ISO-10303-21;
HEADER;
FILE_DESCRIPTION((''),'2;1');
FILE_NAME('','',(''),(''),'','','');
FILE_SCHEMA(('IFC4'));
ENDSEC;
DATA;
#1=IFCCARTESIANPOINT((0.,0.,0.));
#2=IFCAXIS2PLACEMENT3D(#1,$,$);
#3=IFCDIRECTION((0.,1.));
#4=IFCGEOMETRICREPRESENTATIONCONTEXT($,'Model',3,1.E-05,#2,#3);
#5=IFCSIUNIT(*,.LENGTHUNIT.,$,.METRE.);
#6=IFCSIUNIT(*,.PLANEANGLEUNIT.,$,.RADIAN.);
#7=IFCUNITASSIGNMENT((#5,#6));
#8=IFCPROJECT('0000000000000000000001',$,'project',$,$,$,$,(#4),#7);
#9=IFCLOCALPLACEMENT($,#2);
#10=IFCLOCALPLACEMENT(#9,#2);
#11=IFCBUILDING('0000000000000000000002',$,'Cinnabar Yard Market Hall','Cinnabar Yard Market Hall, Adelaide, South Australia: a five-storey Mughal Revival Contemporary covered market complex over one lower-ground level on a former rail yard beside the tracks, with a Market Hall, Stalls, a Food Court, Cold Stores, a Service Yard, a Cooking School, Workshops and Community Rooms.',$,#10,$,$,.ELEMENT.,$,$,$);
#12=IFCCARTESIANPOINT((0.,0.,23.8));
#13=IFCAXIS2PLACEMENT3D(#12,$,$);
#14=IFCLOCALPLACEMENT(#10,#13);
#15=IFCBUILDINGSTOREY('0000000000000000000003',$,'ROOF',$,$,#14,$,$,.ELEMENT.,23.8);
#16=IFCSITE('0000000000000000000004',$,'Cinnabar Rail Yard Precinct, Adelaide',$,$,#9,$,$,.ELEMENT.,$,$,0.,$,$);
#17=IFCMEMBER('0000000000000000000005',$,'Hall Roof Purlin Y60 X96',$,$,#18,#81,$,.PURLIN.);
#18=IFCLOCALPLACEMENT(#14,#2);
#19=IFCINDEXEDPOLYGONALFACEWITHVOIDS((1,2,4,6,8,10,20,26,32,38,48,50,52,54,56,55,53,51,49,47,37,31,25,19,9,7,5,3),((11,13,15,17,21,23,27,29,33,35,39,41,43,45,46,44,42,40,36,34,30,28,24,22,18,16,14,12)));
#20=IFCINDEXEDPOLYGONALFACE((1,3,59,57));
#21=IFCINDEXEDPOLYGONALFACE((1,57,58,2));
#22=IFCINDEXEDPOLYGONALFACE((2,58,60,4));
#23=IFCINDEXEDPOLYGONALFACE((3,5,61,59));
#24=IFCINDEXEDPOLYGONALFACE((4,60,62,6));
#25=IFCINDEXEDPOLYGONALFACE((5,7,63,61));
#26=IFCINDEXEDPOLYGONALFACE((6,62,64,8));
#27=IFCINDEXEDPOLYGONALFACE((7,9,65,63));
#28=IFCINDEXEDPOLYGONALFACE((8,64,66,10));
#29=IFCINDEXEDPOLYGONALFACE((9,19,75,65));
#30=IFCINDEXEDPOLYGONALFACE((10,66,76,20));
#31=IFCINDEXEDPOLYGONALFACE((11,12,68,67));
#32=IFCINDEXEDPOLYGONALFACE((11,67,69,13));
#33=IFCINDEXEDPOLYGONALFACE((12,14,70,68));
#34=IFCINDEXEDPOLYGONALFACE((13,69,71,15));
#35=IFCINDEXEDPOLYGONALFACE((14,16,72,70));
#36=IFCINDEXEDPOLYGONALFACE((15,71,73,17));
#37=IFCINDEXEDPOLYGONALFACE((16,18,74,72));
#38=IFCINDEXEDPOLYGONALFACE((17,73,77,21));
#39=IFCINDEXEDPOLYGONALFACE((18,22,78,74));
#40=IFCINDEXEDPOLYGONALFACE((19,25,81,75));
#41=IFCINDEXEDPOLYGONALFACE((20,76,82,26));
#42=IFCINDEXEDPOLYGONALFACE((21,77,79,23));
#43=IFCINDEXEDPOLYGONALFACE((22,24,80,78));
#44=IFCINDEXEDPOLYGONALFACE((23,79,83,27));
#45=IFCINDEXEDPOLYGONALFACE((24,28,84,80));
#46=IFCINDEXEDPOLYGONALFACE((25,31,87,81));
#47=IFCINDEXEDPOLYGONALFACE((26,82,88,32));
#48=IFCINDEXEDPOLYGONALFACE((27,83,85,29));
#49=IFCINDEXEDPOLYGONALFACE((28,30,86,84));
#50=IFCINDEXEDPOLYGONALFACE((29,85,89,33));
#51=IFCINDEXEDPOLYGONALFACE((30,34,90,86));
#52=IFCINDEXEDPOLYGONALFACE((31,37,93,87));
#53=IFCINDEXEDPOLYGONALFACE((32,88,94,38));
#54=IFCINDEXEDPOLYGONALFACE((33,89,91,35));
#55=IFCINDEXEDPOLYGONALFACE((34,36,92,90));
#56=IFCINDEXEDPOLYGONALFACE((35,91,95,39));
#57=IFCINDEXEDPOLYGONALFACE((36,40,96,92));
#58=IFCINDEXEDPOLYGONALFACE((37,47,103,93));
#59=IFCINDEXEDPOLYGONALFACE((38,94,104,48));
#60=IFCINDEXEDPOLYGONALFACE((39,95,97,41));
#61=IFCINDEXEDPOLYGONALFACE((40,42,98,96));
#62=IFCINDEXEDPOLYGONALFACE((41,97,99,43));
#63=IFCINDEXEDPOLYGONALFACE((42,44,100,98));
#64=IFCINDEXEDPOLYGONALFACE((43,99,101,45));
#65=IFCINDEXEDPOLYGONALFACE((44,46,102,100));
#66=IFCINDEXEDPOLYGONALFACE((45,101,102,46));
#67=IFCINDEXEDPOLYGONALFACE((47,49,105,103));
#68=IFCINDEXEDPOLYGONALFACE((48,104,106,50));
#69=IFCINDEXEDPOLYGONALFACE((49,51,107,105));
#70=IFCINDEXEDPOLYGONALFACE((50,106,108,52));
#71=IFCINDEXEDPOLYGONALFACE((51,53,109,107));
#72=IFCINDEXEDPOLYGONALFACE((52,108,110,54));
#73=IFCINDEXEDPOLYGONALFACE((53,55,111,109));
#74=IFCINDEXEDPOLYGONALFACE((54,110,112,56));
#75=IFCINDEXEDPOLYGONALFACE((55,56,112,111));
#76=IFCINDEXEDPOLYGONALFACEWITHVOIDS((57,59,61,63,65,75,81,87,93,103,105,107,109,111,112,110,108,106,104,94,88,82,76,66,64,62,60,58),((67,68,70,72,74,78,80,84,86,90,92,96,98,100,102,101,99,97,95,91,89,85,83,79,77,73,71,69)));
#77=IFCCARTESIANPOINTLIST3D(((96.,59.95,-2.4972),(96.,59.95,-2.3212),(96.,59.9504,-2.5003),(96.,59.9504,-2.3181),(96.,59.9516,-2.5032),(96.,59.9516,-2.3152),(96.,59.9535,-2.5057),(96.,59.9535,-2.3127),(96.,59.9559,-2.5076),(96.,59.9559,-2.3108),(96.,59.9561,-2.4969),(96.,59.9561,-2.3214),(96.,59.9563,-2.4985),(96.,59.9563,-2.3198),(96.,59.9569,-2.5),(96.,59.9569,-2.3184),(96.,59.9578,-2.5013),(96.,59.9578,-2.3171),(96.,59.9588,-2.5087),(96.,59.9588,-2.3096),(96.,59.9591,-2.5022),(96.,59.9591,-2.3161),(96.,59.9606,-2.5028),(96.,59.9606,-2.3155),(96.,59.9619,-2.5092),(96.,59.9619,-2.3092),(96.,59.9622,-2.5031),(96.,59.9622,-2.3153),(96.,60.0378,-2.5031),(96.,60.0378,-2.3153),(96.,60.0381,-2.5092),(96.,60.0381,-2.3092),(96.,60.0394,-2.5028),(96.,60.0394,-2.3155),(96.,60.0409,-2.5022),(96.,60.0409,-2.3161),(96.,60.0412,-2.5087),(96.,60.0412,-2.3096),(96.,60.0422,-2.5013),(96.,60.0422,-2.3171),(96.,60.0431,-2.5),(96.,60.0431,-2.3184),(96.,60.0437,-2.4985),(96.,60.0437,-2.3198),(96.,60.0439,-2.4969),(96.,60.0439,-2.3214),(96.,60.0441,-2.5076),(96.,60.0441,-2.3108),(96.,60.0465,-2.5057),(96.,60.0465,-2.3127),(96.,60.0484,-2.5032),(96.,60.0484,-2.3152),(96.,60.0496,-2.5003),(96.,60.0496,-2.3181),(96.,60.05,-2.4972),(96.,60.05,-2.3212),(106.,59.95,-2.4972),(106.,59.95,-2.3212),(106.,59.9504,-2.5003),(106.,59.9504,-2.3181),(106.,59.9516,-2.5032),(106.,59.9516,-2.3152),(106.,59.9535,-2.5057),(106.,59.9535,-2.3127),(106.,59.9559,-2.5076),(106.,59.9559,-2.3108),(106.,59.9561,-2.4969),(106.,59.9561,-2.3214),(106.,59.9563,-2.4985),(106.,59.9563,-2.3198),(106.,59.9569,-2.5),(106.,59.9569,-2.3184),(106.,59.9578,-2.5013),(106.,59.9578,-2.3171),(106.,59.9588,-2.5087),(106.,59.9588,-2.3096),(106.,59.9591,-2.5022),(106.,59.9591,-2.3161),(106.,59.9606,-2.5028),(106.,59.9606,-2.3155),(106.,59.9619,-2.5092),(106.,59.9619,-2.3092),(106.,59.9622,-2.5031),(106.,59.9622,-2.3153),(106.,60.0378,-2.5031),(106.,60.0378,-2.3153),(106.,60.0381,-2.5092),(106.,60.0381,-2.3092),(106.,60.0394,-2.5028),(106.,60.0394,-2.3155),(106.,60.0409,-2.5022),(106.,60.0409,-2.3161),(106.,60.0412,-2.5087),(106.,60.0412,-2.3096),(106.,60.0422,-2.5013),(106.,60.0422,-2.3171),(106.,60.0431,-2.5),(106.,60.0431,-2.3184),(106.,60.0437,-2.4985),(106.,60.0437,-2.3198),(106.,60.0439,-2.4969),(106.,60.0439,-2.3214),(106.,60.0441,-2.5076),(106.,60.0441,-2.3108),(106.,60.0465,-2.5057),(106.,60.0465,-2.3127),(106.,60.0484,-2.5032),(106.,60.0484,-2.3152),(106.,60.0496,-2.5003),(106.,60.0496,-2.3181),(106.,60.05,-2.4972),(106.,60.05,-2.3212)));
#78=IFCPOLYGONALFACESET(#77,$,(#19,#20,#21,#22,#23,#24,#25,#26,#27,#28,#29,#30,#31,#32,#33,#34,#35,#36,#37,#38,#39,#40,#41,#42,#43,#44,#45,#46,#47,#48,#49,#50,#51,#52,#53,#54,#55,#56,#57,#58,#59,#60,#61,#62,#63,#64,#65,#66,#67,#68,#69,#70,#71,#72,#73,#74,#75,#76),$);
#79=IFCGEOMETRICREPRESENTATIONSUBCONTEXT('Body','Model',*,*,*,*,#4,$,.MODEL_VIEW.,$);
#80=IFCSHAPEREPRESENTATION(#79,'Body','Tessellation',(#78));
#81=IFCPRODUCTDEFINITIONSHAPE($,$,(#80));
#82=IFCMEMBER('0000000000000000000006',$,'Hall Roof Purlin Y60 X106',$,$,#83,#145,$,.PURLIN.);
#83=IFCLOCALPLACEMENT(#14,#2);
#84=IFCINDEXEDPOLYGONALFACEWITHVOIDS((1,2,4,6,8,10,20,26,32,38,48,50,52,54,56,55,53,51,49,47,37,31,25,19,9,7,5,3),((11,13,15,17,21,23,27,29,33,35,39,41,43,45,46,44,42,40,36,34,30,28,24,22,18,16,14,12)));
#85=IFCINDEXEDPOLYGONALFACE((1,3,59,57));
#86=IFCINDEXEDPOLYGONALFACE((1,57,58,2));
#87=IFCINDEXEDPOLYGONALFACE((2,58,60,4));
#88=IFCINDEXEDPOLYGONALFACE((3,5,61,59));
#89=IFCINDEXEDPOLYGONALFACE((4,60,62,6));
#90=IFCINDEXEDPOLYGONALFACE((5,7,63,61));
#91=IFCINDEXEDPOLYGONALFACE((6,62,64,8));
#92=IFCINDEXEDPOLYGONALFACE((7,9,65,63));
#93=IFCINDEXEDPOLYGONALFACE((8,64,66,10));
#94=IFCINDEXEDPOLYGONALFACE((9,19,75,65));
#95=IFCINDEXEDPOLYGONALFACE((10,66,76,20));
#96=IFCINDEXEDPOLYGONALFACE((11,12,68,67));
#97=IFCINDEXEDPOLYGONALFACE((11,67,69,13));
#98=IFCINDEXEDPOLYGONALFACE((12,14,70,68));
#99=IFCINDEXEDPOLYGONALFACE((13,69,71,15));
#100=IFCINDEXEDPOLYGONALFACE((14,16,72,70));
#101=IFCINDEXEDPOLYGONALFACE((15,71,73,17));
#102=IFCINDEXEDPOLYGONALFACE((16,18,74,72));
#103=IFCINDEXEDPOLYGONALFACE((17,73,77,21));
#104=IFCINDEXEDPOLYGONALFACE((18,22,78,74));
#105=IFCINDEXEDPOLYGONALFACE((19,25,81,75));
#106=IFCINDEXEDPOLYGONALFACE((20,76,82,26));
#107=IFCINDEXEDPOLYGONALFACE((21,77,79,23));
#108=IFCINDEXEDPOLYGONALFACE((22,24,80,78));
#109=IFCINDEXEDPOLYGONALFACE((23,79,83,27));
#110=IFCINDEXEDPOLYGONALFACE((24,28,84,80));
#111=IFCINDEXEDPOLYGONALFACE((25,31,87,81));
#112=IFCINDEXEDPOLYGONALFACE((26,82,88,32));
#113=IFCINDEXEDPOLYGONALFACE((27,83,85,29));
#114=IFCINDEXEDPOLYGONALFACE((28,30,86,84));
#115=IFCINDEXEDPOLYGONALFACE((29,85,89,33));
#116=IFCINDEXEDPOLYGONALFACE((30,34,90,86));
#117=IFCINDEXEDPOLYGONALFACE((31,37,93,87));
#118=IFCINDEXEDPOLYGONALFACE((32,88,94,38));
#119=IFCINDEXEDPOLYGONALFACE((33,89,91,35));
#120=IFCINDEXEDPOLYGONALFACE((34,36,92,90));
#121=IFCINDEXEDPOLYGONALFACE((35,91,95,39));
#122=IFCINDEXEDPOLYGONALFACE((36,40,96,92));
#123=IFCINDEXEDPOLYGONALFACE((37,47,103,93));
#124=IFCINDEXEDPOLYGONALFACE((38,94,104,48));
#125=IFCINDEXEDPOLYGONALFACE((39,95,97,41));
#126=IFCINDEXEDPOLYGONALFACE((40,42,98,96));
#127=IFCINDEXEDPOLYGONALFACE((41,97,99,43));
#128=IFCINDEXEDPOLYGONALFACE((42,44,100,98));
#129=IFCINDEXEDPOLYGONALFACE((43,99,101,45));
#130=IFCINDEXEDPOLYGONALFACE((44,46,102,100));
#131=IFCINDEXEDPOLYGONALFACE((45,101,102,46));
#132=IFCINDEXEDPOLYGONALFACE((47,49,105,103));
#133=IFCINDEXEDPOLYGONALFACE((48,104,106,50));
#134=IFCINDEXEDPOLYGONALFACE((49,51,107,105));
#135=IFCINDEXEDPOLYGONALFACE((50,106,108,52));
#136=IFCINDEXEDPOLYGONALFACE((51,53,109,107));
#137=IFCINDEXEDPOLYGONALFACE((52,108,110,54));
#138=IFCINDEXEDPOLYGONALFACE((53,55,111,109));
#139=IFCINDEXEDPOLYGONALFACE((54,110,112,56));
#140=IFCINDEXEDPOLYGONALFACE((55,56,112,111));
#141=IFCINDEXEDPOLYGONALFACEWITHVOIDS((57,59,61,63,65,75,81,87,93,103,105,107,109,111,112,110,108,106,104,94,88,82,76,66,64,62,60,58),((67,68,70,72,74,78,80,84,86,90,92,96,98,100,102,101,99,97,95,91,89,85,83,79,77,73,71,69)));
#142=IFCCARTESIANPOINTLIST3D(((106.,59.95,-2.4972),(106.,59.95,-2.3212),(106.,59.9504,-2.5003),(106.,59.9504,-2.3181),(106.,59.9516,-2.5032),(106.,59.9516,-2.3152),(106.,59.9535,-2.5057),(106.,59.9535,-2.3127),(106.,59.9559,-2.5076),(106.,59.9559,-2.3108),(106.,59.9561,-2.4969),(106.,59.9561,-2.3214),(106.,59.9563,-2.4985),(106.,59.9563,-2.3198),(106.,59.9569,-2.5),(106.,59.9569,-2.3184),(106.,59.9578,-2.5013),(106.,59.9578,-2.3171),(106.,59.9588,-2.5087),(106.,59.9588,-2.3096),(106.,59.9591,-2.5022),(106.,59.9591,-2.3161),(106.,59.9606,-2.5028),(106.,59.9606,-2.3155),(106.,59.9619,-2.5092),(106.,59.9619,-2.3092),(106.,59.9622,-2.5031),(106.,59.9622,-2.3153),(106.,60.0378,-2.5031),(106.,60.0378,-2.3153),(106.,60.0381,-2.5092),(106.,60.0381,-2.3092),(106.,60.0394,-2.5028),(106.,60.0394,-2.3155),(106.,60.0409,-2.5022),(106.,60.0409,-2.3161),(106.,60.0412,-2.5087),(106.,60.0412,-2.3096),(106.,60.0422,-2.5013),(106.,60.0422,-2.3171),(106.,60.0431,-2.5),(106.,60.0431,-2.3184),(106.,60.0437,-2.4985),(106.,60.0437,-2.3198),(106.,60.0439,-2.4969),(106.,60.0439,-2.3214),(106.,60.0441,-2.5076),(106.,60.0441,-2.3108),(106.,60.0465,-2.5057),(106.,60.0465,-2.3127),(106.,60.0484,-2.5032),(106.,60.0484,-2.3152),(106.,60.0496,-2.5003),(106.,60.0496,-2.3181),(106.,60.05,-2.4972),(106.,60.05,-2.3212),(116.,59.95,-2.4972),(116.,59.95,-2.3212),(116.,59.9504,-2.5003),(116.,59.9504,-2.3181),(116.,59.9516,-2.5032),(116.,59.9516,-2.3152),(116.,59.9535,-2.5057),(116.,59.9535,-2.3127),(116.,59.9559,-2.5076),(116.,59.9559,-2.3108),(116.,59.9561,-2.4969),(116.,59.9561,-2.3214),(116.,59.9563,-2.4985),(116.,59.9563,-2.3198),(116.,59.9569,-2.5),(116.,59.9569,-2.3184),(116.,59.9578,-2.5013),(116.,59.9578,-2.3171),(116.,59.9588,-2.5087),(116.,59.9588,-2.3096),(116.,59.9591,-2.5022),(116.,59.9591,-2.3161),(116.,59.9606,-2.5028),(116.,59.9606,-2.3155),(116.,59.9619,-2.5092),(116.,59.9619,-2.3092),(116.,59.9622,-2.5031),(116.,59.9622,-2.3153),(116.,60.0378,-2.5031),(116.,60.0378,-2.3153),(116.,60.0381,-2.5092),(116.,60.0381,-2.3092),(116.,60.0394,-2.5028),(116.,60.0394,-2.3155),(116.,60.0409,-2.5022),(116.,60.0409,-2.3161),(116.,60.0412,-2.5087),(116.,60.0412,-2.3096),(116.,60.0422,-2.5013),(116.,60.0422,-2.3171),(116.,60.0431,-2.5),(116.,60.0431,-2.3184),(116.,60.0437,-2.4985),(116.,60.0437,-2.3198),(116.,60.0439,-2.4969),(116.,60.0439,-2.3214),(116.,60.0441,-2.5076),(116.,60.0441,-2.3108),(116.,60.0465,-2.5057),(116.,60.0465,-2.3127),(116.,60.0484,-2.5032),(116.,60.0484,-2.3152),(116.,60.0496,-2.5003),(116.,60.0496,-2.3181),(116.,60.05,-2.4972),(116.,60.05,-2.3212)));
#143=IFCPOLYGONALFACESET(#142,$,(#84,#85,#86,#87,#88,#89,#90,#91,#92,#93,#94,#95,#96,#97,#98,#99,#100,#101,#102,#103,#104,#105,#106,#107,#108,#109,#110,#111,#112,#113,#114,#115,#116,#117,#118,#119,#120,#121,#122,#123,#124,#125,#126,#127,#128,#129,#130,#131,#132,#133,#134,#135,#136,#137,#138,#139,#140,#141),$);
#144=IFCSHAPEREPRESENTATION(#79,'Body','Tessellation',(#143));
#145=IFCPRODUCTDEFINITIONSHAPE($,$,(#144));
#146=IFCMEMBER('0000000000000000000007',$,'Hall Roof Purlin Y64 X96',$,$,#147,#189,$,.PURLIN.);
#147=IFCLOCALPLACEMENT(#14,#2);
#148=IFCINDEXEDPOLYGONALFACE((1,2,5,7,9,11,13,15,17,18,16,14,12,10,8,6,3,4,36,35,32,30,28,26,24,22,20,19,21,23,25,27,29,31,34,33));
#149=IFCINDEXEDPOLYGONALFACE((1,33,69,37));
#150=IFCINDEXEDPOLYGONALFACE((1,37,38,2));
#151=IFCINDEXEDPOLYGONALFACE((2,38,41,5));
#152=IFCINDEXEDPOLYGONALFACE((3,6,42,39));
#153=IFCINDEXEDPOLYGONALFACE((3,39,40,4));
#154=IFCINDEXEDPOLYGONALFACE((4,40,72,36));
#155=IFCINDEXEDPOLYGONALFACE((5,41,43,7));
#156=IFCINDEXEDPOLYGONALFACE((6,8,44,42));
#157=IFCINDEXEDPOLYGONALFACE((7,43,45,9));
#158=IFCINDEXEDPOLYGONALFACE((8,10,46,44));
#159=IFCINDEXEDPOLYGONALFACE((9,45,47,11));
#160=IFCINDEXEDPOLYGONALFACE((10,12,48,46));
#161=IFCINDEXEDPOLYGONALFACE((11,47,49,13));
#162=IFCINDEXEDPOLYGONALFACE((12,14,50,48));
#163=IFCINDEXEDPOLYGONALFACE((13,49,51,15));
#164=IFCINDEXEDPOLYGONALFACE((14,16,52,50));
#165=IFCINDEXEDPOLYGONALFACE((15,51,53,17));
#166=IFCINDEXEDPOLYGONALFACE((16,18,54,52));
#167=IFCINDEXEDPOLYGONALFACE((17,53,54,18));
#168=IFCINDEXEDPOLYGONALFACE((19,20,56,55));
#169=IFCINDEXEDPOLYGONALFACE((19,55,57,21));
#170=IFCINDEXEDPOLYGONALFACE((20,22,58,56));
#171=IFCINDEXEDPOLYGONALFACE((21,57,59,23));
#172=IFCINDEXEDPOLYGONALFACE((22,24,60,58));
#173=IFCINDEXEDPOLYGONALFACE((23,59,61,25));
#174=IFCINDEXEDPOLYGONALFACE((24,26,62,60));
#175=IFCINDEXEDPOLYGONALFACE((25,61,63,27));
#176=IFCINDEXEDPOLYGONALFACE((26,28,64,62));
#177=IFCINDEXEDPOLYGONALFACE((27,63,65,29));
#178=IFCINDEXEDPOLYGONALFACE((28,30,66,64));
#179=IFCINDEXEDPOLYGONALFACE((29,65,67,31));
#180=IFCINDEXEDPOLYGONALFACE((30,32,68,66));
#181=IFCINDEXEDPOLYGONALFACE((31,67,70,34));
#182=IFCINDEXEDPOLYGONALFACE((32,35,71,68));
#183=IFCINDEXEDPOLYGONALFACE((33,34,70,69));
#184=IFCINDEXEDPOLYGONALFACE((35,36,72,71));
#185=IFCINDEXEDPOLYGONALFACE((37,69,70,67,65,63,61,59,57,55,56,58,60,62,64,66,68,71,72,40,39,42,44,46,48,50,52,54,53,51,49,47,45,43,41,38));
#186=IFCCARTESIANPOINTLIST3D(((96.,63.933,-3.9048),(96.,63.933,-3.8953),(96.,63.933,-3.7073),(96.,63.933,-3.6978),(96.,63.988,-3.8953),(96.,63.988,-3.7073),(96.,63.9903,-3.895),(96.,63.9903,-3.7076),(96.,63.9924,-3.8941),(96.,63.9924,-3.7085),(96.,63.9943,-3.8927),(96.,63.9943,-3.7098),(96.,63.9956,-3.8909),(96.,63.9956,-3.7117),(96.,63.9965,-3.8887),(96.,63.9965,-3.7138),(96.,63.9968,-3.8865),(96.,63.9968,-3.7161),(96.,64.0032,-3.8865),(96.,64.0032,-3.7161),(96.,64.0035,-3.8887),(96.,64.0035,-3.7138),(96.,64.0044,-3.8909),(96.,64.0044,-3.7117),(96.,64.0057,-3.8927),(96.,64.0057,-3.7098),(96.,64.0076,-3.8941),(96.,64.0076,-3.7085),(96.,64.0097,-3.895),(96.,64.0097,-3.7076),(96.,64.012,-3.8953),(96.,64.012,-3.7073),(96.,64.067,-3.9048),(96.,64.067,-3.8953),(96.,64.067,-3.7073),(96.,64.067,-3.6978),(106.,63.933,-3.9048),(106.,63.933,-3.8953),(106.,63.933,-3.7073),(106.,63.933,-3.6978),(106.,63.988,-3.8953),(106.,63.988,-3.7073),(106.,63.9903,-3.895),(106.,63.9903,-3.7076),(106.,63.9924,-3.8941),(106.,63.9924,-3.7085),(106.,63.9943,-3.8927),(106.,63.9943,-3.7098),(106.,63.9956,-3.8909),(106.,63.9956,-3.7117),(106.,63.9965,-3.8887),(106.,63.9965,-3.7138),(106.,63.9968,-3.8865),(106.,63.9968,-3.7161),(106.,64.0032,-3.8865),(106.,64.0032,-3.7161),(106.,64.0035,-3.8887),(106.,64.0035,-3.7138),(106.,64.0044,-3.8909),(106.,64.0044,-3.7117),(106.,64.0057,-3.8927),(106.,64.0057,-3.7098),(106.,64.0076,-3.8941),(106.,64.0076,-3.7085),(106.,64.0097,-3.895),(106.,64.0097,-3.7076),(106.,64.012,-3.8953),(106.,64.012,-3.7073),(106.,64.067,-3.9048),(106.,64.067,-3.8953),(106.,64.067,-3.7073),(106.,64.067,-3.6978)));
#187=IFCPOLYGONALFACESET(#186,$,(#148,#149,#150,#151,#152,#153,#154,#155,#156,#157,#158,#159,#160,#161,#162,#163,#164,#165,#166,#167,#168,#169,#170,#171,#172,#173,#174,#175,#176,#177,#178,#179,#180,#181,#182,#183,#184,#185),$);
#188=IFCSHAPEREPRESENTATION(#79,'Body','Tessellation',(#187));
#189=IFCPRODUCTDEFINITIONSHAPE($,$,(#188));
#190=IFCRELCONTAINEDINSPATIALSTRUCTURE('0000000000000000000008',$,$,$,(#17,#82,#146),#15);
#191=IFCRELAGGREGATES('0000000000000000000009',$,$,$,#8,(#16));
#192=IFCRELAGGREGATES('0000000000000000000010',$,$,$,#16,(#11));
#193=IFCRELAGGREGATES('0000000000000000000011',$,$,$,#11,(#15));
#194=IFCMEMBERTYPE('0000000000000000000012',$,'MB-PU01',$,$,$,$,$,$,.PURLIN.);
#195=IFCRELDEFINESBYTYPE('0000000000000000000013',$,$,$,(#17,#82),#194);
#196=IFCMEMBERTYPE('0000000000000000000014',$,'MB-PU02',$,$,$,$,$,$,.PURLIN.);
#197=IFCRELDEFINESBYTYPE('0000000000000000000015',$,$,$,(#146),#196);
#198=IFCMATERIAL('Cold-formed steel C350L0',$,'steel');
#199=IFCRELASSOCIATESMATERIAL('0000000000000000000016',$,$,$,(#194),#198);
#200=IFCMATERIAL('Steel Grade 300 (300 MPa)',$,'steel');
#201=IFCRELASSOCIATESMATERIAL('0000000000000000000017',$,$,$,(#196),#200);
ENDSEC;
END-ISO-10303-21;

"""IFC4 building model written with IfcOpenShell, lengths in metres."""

from ifc_helpers import new_model, si_unit, direction, frame, origin, origin_2d_with_axis, place, context, subcontext, project, spatial, hollow_rectangle, i_section, extrude, material, material_profile, profile_set, type_object, element, save


model = new_model("IFC4")

# Units and contexts
model_context = context("Model", 3, precision=1e-05, world=origin(), true_north=direction((0.0, 1.0)))
body_context = subcontext(model_context, "Body", "Model", "MODEL_VIEW")
ifc_project = project(units=[si_unit("LENGTHUNIT", "METRE"), si_unit("PLANEANGLEUNIT", "RADIAN")], contexts=[model_context])

# Site, building, storey
site_placement = place(None, origin())
site = spatial("IfcSite", under=ifc_project, at=site_placement, Name="Cinnabar Rail Yard Precinct, Adelaide", CompositionType="ELEMENT", RefElevation=0.0)
building_placement = place(site_placement, origin())
building = spatial("IfcBuilding", under=site, at=building_placement, Name="Cinnabar Yard Market Hall", Description="Cinnabar Yard Market Hall, Adelaide, South Australia: a five-storey Mughal Revival Contemporary covered market complex over one lower-ground level on a former rail yard beside the tracks, with a Market Hall, Stalls, a Food Court, Cold Stores, a Service Yard, a Cooking School, Workshops and Community Rooms.", CompositionType="ELEMENT")
storey_placement = place(building_placement, frame((0.0, 0.0, 23.8)))
storey = spatial("IfcBuildingStorey", under=building, at=storey_placement, Name="ROOF", CompositionType="ELEMENT", Elevation=23.8)

# Shared definitions
ifc_material_1 = material(Name="Steel Grade 300 (300 MPa)", Category="steel")

# Members
ifc_material_2 = material(Name="Cold-formed steel C350L0", Category="steel")
ifc_material_profile_1 = material_profile(ifc_material_2, hollow_rectangle(XDim=0.1001, YDim=0.2, WallThickness=0.0061, InnerFilletRadius=0.0061, OuterFilletRadius=0.012, at=origin_2d_with_axis()), Name="200x100x6.0RHS")
ifc_profile_set_1 = profile_set([ifc_material_profile_1], Name="Cold-formed steel C350L0")
member_type_1 = type_object("IfcMemberType", Name="MB-PU01", PredefinedType="PURLIN", material=ifc_profile_set_1)
for number, where, z_axis, x_axis, name in (
    (1, (96.0, 60.0, -2.4092), (1.0, 0.0, 0.0), (0.0, 1.0, 0.0), "Hall Roof Purlin Y60 X96"),
    (2, (106.0, 60.0, -2.4092), (1.0, 0.0, 0.0), (0.0, 1.0, 0.0), "Hall Roof Purlin Y60 X106"),
):
    element("IfcMember", number, at=place(storey_placement, frame(where, z_axis=z_axis, x_axis=x_axis)), inside=storey, type_object=member_type_1, Name=name, PredefinedType="PURLIN", context=body_context, shape_type="SweptSolid", body=[
        extrude(hollow_rectangle(XDim=0.1001, YDim=0.2, WallThickness=0.0061, InnerFilletRadius=0.0061, OuterFilletRadius=0.012, at=origin_2d_with_axis()), origin(), (0.0, 0.0, 1.0), 10.0),
    ])
ifc_material_profile_2 = material_profile(ifc_material_1, i_section(OverallWidth=0.134, OverallDepth=0.207, WebThickness=0.0063, FlangeThickness=0.0095, FilletRadius=0.0088, at=origin_2d_with_axis()), Name="200UB29.8")
ifc_profile_set_2 = profile_set([ifc_material_profile_2], Name="Steel Grade 300 (300 MPa)")
member_type_2 = type_object("IfcMemberType", Name="MB-PU02", PredefinedType="PURLIN", material=ifc_profile_set_2)
for number, where, z_axis, x_axis, name in (
    (3, (96.0, 64.0, -3.8013), (1.0, 0.0, 0.0), (0.0, 1.0, 0.0), "Hall Roof Purlin Y64 X96"),
):
    element("IfcMember", number, at=place(storey_placement, frame(where, z_axis=z_axis, x_axis=x_axis)), inside=storey, type_object=member_type_2, Name=name, PredefinedType="PURLIN", context=body_context, shape_type="SweptSolid", body=[
        extrude(i_section(OverallWidth=0.134, OverallDepth=0.207, WebThickness=0.0063, FlangeThickness=0.0095, FilletRadius=0.0088, at=origin_2d_with_axis()), origin(), (0.0, 0.0, 1.0), 10.0),
    ])

save(model, "model.ifc")
